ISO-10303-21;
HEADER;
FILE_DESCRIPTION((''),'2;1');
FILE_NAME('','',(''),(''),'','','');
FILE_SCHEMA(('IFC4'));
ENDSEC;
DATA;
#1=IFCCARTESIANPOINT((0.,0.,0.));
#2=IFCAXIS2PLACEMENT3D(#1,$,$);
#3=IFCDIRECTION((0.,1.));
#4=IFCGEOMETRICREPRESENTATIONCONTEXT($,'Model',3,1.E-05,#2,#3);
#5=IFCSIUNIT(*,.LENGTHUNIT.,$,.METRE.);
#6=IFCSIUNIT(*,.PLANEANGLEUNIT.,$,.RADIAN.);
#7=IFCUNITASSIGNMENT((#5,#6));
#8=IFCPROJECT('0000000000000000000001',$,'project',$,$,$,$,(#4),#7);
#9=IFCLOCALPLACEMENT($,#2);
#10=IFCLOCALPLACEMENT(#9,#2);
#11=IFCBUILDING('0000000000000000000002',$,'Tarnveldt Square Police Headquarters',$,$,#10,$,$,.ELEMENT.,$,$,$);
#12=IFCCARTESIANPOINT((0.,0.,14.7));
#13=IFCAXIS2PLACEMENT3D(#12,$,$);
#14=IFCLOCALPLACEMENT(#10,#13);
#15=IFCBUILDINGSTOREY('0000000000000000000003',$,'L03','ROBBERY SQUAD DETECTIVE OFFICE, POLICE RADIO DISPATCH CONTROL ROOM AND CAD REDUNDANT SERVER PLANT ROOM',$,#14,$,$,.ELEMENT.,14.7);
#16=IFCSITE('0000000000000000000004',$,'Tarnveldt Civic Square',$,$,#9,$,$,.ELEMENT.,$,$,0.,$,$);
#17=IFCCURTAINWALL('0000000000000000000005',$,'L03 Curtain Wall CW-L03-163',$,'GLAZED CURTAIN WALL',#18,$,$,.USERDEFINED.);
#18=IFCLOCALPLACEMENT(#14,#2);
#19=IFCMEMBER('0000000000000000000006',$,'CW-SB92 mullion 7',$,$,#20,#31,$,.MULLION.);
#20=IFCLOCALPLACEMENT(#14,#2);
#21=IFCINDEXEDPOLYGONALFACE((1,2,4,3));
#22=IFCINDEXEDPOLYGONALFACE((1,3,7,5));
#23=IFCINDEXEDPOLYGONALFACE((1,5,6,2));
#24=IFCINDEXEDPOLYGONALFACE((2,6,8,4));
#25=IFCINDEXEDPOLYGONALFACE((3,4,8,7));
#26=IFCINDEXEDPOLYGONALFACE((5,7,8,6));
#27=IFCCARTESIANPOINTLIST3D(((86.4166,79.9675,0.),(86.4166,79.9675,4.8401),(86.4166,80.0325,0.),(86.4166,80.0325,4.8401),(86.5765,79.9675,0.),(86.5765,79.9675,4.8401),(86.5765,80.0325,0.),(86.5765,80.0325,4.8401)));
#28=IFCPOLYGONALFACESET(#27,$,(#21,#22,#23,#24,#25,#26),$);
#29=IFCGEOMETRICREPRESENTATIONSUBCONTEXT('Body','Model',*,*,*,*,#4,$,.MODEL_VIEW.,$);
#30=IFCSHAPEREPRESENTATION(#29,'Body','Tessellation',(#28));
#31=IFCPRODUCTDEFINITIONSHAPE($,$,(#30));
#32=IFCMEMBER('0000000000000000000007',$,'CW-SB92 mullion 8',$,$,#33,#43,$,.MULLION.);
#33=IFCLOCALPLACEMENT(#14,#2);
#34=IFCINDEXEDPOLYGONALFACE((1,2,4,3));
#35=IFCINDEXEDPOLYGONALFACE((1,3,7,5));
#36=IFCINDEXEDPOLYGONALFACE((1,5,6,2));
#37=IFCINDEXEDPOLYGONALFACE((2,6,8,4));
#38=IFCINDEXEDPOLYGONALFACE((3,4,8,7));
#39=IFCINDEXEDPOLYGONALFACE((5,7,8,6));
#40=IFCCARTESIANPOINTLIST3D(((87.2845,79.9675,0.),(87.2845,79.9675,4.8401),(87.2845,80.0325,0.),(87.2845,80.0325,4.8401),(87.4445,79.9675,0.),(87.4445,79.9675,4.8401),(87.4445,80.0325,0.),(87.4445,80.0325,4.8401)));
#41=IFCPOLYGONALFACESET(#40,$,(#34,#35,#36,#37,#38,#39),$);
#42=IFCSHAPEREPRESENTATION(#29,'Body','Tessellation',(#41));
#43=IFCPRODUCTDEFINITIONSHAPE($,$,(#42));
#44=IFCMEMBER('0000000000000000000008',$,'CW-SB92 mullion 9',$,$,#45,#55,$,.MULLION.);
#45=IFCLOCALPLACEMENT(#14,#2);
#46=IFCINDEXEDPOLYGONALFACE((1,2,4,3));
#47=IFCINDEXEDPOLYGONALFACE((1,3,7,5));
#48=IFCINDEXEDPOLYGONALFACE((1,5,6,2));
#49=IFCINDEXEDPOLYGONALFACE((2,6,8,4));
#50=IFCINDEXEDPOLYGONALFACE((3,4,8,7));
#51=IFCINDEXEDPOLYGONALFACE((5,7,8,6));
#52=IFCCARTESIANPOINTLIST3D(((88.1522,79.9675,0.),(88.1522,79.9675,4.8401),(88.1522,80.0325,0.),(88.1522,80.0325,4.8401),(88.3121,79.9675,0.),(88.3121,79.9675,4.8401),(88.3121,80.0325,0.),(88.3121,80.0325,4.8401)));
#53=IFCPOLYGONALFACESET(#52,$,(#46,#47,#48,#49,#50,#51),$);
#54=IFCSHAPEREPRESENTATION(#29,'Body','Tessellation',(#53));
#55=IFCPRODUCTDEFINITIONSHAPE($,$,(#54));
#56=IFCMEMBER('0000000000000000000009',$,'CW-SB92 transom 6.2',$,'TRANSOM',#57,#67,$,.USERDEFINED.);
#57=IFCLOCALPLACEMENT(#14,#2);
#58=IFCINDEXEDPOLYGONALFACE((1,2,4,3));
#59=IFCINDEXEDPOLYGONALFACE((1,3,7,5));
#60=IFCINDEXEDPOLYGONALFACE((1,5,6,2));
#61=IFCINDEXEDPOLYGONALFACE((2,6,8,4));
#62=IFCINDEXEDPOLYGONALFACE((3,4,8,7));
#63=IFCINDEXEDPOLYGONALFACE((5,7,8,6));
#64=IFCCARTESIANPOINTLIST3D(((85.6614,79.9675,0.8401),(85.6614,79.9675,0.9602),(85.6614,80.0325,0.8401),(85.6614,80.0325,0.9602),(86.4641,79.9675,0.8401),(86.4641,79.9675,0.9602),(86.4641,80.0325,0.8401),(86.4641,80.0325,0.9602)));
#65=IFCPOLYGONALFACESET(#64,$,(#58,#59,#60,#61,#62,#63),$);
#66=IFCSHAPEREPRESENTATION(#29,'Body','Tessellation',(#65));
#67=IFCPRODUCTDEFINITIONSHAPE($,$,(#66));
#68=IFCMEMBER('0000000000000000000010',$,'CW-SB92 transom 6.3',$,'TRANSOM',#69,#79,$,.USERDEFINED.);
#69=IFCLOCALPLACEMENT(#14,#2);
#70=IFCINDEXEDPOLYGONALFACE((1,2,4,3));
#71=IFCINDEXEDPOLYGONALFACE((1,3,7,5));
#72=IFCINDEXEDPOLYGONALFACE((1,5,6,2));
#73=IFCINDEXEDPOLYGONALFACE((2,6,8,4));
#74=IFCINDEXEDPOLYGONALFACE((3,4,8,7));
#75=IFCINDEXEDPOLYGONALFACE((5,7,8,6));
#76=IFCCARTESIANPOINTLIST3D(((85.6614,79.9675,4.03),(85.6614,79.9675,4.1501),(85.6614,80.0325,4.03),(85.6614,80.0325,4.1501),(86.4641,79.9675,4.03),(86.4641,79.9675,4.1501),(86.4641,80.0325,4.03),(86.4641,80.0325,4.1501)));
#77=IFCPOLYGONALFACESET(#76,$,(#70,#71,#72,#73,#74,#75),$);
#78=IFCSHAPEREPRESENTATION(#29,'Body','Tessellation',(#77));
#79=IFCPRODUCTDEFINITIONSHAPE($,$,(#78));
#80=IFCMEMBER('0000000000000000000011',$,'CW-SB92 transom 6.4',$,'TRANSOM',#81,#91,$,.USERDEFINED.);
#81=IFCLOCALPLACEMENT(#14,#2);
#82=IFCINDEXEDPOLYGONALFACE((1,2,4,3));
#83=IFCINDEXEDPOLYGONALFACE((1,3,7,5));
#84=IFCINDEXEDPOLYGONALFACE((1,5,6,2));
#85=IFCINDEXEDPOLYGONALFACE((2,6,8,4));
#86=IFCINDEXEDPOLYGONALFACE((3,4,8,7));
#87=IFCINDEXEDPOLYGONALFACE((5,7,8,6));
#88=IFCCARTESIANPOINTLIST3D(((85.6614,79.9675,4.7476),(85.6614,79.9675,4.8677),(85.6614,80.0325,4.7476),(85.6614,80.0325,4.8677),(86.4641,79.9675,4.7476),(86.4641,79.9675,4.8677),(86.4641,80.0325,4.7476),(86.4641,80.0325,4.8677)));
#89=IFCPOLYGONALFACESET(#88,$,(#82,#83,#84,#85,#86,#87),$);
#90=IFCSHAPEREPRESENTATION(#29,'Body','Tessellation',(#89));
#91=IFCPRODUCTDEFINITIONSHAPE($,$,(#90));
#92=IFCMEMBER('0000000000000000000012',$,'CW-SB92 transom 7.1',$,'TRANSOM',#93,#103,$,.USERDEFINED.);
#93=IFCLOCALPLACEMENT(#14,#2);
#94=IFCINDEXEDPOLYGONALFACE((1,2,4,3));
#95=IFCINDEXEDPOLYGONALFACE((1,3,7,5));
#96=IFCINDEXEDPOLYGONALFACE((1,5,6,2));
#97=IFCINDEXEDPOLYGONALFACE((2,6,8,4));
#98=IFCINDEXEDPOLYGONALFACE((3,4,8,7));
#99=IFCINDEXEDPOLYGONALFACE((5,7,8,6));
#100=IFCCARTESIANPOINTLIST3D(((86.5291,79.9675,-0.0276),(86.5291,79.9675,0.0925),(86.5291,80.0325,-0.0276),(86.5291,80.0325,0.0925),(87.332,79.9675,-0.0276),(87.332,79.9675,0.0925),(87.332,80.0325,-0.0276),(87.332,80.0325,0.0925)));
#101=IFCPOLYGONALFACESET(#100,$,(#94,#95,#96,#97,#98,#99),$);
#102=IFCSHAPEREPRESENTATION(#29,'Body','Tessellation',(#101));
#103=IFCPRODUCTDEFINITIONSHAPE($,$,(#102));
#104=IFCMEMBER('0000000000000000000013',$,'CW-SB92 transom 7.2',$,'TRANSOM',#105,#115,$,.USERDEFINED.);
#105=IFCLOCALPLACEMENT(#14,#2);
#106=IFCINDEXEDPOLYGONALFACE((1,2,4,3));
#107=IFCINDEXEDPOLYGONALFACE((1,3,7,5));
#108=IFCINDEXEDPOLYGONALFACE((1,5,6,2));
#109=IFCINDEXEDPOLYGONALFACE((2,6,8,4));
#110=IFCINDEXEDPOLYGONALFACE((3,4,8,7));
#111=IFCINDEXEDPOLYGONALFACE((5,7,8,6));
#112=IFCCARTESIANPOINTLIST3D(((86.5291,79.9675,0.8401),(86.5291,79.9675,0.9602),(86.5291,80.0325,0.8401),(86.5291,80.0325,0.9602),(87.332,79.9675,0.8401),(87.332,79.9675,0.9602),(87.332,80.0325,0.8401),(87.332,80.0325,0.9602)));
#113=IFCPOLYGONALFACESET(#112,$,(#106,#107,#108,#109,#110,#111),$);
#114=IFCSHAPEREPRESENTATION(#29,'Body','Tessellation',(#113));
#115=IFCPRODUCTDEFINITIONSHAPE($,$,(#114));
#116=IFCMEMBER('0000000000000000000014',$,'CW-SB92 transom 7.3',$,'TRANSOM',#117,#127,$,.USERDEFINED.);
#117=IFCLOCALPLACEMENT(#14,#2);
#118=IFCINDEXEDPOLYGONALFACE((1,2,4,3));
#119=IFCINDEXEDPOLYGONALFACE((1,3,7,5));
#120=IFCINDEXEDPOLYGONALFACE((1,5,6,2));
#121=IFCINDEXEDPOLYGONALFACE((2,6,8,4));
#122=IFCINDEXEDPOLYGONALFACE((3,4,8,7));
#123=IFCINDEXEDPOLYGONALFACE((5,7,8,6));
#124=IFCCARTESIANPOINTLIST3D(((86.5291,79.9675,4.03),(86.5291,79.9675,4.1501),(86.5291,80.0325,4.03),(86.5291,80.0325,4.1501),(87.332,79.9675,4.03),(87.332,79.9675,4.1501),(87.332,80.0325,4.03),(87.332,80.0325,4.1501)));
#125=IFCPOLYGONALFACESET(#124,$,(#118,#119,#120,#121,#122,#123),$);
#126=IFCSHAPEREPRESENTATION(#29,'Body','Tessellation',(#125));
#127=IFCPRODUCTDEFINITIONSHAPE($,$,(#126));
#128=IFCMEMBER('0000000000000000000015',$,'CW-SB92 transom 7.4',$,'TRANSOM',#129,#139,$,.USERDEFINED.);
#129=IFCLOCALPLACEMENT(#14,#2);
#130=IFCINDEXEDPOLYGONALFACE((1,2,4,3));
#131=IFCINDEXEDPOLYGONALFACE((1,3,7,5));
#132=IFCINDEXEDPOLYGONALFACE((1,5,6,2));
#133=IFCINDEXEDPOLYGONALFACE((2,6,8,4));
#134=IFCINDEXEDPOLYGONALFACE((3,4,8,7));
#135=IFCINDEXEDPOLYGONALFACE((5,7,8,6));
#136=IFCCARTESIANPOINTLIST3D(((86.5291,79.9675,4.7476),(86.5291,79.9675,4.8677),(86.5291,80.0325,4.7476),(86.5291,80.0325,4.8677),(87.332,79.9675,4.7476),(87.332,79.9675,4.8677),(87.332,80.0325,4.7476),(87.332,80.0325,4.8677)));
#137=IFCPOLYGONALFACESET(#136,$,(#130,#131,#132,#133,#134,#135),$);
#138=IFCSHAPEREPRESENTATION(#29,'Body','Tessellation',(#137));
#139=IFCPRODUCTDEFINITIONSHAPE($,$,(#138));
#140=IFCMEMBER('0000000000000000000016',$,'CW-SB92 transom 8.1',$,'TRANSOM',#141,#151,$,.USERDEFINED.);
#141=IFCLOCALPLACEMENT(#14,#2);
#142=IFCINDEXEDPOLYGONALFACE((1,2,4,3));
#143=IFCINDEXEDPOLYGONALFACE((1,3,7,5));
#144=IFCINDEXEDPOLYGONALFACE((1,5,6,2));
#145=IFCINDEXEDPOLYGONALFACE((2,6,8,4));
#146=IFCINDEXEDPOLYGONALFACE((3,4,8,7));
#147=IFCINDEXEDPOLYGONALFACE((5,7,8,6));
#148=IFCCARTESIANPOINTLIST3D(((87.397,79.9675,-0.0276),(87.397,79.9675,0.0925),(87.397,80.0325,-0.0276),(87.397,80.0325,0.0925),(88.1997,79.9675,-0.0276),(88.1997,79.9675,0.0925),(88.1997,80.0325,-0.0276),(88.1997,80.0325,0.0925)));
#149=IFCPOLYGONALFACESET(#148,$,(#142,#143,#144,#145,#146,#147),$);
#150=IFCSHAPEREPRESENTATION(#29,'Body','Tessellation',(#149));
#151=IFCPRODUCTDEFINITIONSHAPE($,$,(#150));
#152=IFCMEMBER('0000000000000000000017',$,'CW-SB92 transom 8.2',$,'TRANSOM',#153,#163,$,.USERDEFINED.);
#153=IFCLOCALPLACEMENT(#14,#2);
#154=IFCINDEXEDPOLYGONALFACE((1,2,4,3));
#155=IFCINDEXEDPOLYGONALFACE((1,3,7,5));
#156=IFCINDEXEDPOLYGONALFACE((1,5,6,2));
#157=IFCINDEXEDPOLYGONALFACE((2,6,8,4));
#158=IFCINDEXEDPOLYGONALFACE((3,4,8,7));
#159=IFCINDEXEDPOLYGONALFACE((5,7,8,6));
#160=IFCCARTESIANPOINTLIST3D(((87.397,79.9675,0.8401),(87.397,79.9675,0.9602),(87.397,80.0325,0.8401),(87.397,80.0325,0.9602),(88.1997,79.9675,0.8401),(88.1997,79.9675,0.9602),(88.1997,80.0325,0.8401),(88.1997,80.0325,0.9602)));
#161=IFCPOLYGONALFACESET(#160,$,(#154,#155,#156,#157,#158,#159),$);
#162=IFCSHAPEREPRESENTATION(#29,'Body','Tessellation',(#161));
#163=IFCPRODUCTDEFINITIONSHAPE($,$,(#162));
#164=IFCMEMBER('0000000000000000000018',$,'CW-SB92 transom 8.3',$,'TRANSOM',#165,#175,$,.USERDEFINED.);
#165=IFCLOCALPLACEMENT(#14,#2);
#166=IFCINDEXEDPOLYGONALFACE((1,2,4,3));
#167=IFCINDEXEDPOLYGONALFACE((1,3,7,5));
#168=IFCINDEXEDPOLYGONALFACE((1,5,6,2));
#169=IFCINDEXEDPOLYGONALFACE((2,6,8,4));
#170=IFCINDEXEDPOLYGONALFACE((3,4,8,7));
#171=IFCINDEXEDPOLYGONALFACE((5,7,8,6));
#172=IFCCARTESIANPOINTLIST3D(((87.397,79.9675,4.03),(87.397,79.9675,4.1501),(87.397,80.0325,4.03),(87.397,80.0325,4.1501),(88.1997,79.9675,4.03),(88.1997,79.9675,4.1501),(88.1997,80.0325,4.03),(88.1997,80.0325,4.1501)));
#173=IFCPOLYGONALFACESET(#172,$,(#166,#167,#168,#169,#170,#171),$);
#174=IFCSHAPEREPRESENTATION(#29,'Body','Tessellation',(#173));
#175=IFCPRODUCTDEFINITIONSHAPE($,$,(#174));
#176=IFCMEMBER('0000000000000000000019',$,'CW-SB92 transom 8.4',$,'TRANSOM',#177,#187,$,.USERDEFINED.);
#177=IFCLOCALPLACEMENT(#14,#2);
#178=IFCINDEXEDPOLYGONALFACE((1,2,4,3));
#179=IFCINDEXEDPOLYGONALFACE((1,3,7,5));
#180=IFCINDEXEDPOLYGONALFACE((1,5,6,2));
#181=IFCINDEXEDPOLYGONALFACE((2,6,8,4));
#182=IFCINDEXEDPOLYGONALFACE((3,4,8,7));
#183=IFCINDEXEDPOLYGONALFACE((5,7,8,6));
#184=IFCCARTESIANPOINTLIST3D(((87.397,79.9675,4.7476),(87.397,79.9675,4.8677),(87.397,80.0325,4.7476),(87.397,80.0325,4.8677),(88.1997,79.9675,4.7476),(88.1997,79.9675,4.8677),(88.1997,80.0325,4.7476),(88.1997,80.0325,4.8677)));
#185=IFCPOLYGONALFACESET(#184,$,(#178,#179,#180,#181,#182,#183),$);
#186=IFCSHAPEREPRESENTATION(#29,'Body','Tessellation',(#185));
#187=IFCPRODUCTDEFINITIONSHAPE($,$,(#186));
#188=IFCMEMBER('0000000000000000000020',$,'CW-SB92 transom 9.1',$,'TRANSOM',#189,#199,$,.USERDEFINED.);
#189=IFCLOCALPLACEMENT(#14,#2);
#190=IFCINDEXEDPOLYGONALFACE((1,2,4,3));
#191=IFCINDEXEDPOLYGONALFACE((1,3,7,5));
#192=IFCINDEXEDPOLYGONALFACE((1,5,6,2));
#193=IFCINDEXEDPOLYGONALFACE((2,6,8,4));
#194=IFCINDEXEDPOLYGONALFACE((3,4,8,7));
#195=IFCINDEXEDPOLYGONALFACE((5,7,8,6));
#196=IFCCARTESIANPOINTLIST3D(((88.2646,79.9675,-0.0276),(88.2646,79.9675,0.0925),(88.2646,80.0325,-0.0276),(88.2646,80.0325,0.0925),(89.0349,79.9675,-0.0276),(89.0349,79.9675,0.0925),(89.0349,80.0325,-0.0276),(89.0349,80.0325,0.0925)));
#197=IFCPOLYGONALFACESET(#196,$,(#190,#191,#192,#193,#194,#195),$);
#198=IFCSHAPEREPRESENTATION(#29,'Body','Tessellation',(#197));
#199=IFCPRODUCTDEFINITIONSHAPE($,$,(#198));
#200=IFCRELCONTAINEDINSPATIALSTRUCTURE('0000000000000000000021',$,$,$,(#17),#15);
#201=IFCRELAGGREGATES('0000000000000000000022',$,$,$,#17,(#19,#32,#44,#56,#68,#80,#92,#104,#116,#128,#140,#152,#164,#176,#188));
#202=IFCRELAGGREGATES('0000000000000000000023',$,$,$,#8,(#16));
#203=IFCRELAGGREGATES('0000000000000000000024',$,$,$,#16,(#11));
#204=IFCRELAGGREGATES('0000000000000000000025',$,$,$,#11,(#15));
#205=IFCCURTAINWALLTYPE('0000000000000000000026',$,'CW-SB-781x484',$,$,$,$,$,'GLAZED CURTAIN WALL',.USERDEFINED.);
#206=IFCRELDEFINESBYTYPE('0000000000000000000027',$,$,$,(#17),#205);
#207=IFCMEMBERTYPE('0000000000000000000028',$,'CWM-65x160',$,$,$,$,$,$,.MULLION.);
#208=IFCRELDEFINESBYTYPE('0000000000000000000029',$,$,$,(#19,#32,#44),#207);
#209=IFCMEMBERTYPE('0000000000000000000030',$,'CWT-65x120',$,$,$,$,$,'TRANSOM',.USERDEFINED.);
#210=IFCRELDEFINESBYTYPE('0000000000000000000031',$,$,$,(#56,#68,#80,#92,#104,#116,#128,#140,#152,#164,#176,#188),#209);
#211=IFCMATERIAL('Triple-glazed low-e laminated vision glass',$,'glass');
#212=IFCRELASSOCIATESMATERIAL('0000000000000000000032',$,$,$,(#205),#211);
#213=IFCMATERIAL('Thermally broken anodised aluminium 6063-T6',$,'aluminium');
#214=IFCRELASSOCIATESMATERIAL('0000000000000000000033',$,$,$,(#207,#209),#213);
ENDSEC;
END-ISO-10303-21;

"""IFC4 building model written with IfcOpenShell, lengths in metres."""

from ifc_helpers import new_model, si_unit, direction, frame, origin, origin_2d, place, context, subcontext, project, spatial, rectangle, extrude, material, material_profile, profile_set, type_object, element, aggregate, save


model = new_model("IFC4")

# Units and contexts
model_context = context("Model", 3, precision=1e-05, world=origin(), true_north=direction((0.0, 1.0)))
body_context = subcontext(model_context, "Body", "Model", "MODEL_VIEW")
ifc_project = project(units=[si_unit("LENGTHUNIT", "METRE"), si_unit("PLANEANGLEUNIT", "RADIAN")], contexts=[model_context])

# Site, building, storey
site_placement = place(None, origin())
site = spatial("IfcSite", under=ifc_project, at=site_placement, Name="Tarnveldt Civic Square", CompositionType="ELEMENT", RefElevation=0.0)
building_placement = place(site_placement, origin())
building = spatial("IfcBuilding", under=site, at=building_placement, Name="Tarnveldt Square Police Headquarters", CompositionType="ELEMENT")
storey_placement = place(building_placement, frame((0.0, 0.0, 14.7)))
storey = spatial("IfcBuildingStorey", under=building, at=storey_placement, Name="L03", Description="ROBBERY SQUAD DETECTIVE OFFICE, POLICE RADIO DISPATCH CONTROL ROOM AND CAD REDUNDANT SERVER PLANT ROOM", CompositionType="ELEMENT", Elevation=14.7)

# Curtain wall, members
ifc_material_1 = material(Name="Triple-glazed low-e laminated vision glass", Category="glass")
curtain_wall_type = type_object("IfcCurtainWallType", Name="CW-SB-781x484", ElementType="GLAZED CURTAIN WALL", PredefinedType="USERDEFINED", material=ifc_material_1)
curtain_wall_placement = place(storey_placement, origin())
curtain_wall = element("IfcCurtainWall", 1, at=curtain_wall_placement, inside=storey, type_object=curtain_wall_type, Name="L03 Curtain Wall CW-L03-163", ObjectType="GLAZED CURTAIN WALL", PredefinedType="USERDEFINED")
ifc_material_2 = material(Name="Thermally broken anodised aluminium 6063-T6", Category="aluminium")
ifc_material_profile_1 = material_profile(ifc_material_2, rectangle(XDim=0.0649, YDim=0.1599, at=origin_2d()), Name="CW-M65x160")
ifc_profile_set_1 = profile_set([ifc_material_profile_1], Name="Thermally broken anodised aluminium 6063-T6")
member_type_1 = type_object("IfcMemberType", Name="CWM-65x160", PredefinedType="MULLION", material=ifc_profile_set_1)
member_1_placement = place(storey_placement, frame((86.4966, 80.0, 0.0), z_axis=(0.0, 0.0, 1.0), x_axis=(0.0, 1.0, 0.0)))
member_1 = element("IfcMember", 2, at=member_1_placement, type_object=member_type_1, Name="CW-SB92 mullion 7", PredefinedType="MULLION", context=body_context, shape_type="SweptSolid", body=[
    extrude(rectangle(XDim=0.0649, YDim=0.1599, at=origin_2d()), origin(), (0.0, 0.0, 1.0), 4.8401),
])
member_2_placement = place(storey_placement, frame((87.3645, 80.0, 0.0), z_axis=(0.0, 0.0, 1.0), x_axis=(0.0, 1.0, 0.0)))
member_2 = element("IfcMember", 3, at=member_2_placement, type_object=member_type_1, Name="CW-SB92 mullion 8", PredefinedType="MULLION", context=body_context, shape_type="SweptSolid", body=[
    extrude(rectangle(XDim=0.0649, YDim=0.1599, at=origin_2d()), origin(), (0.0, 0.0, 1.0), 4.8401),
])
member_3_placement = place(storey_placement, frame((88.2322, 80.0, 0.0), z_axis=(0.0, 0.0, 1.0), x_axis=(0.0, 1.0, 0.0)))
member_3 = element("IfcMember", 4, at=member_3_placement, type_object=member_type_1, Name="CW-SB92 mullion 9", PredefinedType="MULLION", context=body_context, shape_type="SweptSolid", body=[
    extrude(rectangle(XDim=0.0649, YDim=0.1599, at=origin_2d()), origin(), (0.0, 0.0, 1.0), 4.8401),
])
ifc_material_profile_2 = material_profile(ifc_material_2, rectangle(XDim=0.0649, YDim=0.1201, at=origin_2d()), Name="CW-T65x120")
ifc_profile_set_2 = profile_set([ifc_material_profile_2], Name="Thermally broken anodised aluminium 6063-T6")
member_type_2 = type_object("IfcMemberType", Name="CWT-65x120", ElementType="TRANSOM", PredefinedType="USERDEFINED", material=ifc_profile_set_2)
member_4_placement = place(storey_placement, frame((85.6614, 80.0, 0.9001), z_axis=(1.0, 0.0, 0.0), x_axis=(0.0, 1.0, 0.0)))
member_4 = element("IfcMember", 5, at=member_4_placement, type_object=member_type_2, Name="CW-SB92 transom 6.2", ObjectType="TRANSOM", PredefinedType="USERDEFINED", context=body_context, shape_type="SweptSolid", body=[
    extrude(rectangle(XDim=0.0649, YDim=0.1201, at=origin_2d()), origin(), (0.0, 0.0, 1.0), 0.8027),
])
member_5_placement = place(storey_placement, frame((85.6614, 80.0, 4.0901), z_axis=(1.0, 0.0, 0.0), x_axis=(0.0, 1.0, 0.0)))
member_5 = element("IfcMember", 6, at=member_5_placement, type_object=member_type_2, Name="CW-SB92 transom 6.3", ObjectType="TRANSOM", PredefinedType="USERDEFINED", context=body_context, shape_type="SweptSolid", body=[
    extrude(rectangle(XDim=0.0649, YDim=0.1201, at=origin_2d()), origin(), (0.0, 0.0, 1.0), 0.8027),
])
member_6_placement = place(storey_placement, frame((85.6614, 80.0, 4.8076), z_axis=(1.0, 0.0, 0.0), x_axis=(0.0, 1.0, 0.0)))
member_6 = element("IfcMember", 7, at=member_6_placement, type_object=member_type_2, Name="CW-SB92 transom 6.4", ObjectType="TRANSOM", PredefinedType="USERDEFINED", context=body_context, shape_type="SweptSolid", body=[
    extrude(rectangle(XDim=0.0649, YDim=0.1201, at=origin_2d()), origin(), (0.0, 0.0, 1.0), 0.8027),
])
member_7_placement = place(storey_placement, frame((86.5291, 80.0, 0.0325), z_axis=(1.0, 0.0, 0.0), x_axis=(0.0, 1.0, 0.0)))
member_7 = element("IfcMember", 8, at=member_7_placement, type_object=member_type_2, Name="CW-SB92 transom 7.1", ObjectType="TRANSOM", PredefinedType="USERDEFINED", context=body_context, shape_type="SweptSolid", body=[
    extrude(rectangle(XDim=0.0649, YDim=0.1201, at=origin_2d()), origin(), (0.0, 0.0, 1.0), 0.803),
])
member_8_placement = place(storey_placement, frame((86.5291, 80.0, 0.9001), z_axis=(1.0, 0.0, 0.0), x_axis=(0.0, 1.0, 0.0)))
member_8 = element("IfcMember", 9, at=member_8_placement, type_object=member_type_2, Name="CW-SB92 transom 7.2", ObjectType="TRANSOM", PredefinedType="USERDEFINED", context=body_context, shape_type="SweptSolid", body=[
    extrude(rectangle(XDim=0.0649, YDim=0.1201, at=origin_2d()), origin(), (0.0, 0.0, 1.0), 0.803),
])
member_9_placement = place(storey_placement, frame((86.5291, 80.0, 4.0901), z_axis=(1.0, 0.0, 0.0), x_axis=(0.0, 1.0, 0.0)))
member_9 = element("IfcMember", 10, at=member_9_placement, type_object=member_type_2, Name="CW-SB92 transom 7.3", ObjectType="TRANSOM", PredefinedType="USERDEFINED", context=body_context, shape_type="SweptSolid", body=[
    extrude(rectangle(XDim=0.0649, YDim=0.1201, at=origin_2d()), origin(), (0.0, 0.0, 1.0), 0.803),
])
member_10_placement = place(storey_placement, frame((86.5291, 80.0, 4.8076), z_axis=(1.0, 0.0, 0.0), x_axis=(0.0, 1.0, 0.0)))
member_10 = element("IfcMember", 11, at=member_10_placement, type_object=member_type_2, Name="CW-SB92 transom 7.4", ObjectType="TRANSOM", PredefinedType="USERDEFINED", context=body_context, shape_type="SweptSolid", body=[
    extrude(rectangle(XDim=0.0649, YDim=0.1201, at=origin_2d()), origin(), (0.0, 0.0, 1.0), 0.803),
])
member_11_placement = place(storey_placement, frame((87.397, 80.0, 0.0325), z_axis=(1.0, 0.0, 0.0), x_axis=(0.0, 1.0, 0.0)))
member_11 = element("IfcMember", 12, at=member_11_placement, type_object=member_type_2, Name="CW-SB92 transom 8.1", ObjectType="TRANSOM", PredefinedType="USERDEFINED", context=body_context, shape_type="SweptSolid", body=[
    extrude(rectangle(XDim=0.0649, YDim=0.1201, at=origin_2d()), origin(), (0.0, 0.0, 1.0), 0.8027),
])
member_12_placement = place(storey_placement, frame((87.397, 80.0, 0.9001), z_axis=(1.0, 0.0, 0.0), x_axis=(0.0, 1.0, 0.0)))
member_12 = element("IfcMember", 13, at=member_12_placement, type_object=member_type_2, Name="CW-SB92 transom 8.2", ObjectType="TRANSOM", PredefinedType="USERDEFINED", context=body_context, shape_type="SweptSolid", body=[
    extrude(rectangle(XDim=0.0649, YDim=0.1201, at=origin_2d()), origin(), (0.0, 0.0, 1.0), 0.8027),
])
member_13_placement = place(storey_placement, frame((87.397, 80.0, 4.0901), z_axis=(1.0, 0.0, 0.0), x_axis=(0.0, 1.0, 0.0)))
member_13 = element("IfcMember", 14, at=member_13_placement, type_object=member_type_2, Name="CW-SB92 transom 8.3", ObjectType="TRANSOM", PredefinedType="USERDEFINED", context=body_context, shape_type="SweptSolid", body=[
    extrude(rectangle(XDim=0.0649, YDim=0.1201, at=origin_2d()), origin(), (0.0, 0.0, 1.0), 0.8027),
])
member_14_placement = place(storey_placement, frame((87.397, 80.0, 4.8076), z_axis=(1.0, 0.0, 0.0), x_axis=(0.0, 1.0, 0.0)))
member_14 = element("IfcMember", 15, at=member_14_placement, type_object=member_type_2, Name="CW-SB92 transom 8.4", ObjectType="TRANSOM", PredefinedType="USERDEFINED", context=body_context, shape_type="SweptSolid", body=[
    extrude(rectangle(XDim=0.0649, YDim=0.1201, at=origin_2d()), origin(), (0.0, 0.0, 1.0), 0.8027),
])
member_15_placement = place(storey_placement, frame((88.2646, 80.0, 0.0325), z_axis=(1.0, 0.0, 0.0), x_axis=(0.0, 1.0, 0.0)))
member_15 = element("IfcMember", 16, at=member_15_placement, type_object=member_type_2, Name="CW-SB92 transom 9.1", ObjectType="TRANSOM", PredefinedType="USERDEFINED", context=body_context, shape_type="SweptSolid", body=[
    extrude(rectangle(XDim=0.0649, YDim=0.1201, at=origin_2d()), origin(), (0.0, 0.0, 1.0), 0.7703),
])
aggregate(curtain_wall, [member_1, member_2, member_3, member_4, member_5, member_6, member_7, member_8, member_9, member_10, member_11, member_12, member_13, member_14, member_15])

save(model, "model.ifc")
